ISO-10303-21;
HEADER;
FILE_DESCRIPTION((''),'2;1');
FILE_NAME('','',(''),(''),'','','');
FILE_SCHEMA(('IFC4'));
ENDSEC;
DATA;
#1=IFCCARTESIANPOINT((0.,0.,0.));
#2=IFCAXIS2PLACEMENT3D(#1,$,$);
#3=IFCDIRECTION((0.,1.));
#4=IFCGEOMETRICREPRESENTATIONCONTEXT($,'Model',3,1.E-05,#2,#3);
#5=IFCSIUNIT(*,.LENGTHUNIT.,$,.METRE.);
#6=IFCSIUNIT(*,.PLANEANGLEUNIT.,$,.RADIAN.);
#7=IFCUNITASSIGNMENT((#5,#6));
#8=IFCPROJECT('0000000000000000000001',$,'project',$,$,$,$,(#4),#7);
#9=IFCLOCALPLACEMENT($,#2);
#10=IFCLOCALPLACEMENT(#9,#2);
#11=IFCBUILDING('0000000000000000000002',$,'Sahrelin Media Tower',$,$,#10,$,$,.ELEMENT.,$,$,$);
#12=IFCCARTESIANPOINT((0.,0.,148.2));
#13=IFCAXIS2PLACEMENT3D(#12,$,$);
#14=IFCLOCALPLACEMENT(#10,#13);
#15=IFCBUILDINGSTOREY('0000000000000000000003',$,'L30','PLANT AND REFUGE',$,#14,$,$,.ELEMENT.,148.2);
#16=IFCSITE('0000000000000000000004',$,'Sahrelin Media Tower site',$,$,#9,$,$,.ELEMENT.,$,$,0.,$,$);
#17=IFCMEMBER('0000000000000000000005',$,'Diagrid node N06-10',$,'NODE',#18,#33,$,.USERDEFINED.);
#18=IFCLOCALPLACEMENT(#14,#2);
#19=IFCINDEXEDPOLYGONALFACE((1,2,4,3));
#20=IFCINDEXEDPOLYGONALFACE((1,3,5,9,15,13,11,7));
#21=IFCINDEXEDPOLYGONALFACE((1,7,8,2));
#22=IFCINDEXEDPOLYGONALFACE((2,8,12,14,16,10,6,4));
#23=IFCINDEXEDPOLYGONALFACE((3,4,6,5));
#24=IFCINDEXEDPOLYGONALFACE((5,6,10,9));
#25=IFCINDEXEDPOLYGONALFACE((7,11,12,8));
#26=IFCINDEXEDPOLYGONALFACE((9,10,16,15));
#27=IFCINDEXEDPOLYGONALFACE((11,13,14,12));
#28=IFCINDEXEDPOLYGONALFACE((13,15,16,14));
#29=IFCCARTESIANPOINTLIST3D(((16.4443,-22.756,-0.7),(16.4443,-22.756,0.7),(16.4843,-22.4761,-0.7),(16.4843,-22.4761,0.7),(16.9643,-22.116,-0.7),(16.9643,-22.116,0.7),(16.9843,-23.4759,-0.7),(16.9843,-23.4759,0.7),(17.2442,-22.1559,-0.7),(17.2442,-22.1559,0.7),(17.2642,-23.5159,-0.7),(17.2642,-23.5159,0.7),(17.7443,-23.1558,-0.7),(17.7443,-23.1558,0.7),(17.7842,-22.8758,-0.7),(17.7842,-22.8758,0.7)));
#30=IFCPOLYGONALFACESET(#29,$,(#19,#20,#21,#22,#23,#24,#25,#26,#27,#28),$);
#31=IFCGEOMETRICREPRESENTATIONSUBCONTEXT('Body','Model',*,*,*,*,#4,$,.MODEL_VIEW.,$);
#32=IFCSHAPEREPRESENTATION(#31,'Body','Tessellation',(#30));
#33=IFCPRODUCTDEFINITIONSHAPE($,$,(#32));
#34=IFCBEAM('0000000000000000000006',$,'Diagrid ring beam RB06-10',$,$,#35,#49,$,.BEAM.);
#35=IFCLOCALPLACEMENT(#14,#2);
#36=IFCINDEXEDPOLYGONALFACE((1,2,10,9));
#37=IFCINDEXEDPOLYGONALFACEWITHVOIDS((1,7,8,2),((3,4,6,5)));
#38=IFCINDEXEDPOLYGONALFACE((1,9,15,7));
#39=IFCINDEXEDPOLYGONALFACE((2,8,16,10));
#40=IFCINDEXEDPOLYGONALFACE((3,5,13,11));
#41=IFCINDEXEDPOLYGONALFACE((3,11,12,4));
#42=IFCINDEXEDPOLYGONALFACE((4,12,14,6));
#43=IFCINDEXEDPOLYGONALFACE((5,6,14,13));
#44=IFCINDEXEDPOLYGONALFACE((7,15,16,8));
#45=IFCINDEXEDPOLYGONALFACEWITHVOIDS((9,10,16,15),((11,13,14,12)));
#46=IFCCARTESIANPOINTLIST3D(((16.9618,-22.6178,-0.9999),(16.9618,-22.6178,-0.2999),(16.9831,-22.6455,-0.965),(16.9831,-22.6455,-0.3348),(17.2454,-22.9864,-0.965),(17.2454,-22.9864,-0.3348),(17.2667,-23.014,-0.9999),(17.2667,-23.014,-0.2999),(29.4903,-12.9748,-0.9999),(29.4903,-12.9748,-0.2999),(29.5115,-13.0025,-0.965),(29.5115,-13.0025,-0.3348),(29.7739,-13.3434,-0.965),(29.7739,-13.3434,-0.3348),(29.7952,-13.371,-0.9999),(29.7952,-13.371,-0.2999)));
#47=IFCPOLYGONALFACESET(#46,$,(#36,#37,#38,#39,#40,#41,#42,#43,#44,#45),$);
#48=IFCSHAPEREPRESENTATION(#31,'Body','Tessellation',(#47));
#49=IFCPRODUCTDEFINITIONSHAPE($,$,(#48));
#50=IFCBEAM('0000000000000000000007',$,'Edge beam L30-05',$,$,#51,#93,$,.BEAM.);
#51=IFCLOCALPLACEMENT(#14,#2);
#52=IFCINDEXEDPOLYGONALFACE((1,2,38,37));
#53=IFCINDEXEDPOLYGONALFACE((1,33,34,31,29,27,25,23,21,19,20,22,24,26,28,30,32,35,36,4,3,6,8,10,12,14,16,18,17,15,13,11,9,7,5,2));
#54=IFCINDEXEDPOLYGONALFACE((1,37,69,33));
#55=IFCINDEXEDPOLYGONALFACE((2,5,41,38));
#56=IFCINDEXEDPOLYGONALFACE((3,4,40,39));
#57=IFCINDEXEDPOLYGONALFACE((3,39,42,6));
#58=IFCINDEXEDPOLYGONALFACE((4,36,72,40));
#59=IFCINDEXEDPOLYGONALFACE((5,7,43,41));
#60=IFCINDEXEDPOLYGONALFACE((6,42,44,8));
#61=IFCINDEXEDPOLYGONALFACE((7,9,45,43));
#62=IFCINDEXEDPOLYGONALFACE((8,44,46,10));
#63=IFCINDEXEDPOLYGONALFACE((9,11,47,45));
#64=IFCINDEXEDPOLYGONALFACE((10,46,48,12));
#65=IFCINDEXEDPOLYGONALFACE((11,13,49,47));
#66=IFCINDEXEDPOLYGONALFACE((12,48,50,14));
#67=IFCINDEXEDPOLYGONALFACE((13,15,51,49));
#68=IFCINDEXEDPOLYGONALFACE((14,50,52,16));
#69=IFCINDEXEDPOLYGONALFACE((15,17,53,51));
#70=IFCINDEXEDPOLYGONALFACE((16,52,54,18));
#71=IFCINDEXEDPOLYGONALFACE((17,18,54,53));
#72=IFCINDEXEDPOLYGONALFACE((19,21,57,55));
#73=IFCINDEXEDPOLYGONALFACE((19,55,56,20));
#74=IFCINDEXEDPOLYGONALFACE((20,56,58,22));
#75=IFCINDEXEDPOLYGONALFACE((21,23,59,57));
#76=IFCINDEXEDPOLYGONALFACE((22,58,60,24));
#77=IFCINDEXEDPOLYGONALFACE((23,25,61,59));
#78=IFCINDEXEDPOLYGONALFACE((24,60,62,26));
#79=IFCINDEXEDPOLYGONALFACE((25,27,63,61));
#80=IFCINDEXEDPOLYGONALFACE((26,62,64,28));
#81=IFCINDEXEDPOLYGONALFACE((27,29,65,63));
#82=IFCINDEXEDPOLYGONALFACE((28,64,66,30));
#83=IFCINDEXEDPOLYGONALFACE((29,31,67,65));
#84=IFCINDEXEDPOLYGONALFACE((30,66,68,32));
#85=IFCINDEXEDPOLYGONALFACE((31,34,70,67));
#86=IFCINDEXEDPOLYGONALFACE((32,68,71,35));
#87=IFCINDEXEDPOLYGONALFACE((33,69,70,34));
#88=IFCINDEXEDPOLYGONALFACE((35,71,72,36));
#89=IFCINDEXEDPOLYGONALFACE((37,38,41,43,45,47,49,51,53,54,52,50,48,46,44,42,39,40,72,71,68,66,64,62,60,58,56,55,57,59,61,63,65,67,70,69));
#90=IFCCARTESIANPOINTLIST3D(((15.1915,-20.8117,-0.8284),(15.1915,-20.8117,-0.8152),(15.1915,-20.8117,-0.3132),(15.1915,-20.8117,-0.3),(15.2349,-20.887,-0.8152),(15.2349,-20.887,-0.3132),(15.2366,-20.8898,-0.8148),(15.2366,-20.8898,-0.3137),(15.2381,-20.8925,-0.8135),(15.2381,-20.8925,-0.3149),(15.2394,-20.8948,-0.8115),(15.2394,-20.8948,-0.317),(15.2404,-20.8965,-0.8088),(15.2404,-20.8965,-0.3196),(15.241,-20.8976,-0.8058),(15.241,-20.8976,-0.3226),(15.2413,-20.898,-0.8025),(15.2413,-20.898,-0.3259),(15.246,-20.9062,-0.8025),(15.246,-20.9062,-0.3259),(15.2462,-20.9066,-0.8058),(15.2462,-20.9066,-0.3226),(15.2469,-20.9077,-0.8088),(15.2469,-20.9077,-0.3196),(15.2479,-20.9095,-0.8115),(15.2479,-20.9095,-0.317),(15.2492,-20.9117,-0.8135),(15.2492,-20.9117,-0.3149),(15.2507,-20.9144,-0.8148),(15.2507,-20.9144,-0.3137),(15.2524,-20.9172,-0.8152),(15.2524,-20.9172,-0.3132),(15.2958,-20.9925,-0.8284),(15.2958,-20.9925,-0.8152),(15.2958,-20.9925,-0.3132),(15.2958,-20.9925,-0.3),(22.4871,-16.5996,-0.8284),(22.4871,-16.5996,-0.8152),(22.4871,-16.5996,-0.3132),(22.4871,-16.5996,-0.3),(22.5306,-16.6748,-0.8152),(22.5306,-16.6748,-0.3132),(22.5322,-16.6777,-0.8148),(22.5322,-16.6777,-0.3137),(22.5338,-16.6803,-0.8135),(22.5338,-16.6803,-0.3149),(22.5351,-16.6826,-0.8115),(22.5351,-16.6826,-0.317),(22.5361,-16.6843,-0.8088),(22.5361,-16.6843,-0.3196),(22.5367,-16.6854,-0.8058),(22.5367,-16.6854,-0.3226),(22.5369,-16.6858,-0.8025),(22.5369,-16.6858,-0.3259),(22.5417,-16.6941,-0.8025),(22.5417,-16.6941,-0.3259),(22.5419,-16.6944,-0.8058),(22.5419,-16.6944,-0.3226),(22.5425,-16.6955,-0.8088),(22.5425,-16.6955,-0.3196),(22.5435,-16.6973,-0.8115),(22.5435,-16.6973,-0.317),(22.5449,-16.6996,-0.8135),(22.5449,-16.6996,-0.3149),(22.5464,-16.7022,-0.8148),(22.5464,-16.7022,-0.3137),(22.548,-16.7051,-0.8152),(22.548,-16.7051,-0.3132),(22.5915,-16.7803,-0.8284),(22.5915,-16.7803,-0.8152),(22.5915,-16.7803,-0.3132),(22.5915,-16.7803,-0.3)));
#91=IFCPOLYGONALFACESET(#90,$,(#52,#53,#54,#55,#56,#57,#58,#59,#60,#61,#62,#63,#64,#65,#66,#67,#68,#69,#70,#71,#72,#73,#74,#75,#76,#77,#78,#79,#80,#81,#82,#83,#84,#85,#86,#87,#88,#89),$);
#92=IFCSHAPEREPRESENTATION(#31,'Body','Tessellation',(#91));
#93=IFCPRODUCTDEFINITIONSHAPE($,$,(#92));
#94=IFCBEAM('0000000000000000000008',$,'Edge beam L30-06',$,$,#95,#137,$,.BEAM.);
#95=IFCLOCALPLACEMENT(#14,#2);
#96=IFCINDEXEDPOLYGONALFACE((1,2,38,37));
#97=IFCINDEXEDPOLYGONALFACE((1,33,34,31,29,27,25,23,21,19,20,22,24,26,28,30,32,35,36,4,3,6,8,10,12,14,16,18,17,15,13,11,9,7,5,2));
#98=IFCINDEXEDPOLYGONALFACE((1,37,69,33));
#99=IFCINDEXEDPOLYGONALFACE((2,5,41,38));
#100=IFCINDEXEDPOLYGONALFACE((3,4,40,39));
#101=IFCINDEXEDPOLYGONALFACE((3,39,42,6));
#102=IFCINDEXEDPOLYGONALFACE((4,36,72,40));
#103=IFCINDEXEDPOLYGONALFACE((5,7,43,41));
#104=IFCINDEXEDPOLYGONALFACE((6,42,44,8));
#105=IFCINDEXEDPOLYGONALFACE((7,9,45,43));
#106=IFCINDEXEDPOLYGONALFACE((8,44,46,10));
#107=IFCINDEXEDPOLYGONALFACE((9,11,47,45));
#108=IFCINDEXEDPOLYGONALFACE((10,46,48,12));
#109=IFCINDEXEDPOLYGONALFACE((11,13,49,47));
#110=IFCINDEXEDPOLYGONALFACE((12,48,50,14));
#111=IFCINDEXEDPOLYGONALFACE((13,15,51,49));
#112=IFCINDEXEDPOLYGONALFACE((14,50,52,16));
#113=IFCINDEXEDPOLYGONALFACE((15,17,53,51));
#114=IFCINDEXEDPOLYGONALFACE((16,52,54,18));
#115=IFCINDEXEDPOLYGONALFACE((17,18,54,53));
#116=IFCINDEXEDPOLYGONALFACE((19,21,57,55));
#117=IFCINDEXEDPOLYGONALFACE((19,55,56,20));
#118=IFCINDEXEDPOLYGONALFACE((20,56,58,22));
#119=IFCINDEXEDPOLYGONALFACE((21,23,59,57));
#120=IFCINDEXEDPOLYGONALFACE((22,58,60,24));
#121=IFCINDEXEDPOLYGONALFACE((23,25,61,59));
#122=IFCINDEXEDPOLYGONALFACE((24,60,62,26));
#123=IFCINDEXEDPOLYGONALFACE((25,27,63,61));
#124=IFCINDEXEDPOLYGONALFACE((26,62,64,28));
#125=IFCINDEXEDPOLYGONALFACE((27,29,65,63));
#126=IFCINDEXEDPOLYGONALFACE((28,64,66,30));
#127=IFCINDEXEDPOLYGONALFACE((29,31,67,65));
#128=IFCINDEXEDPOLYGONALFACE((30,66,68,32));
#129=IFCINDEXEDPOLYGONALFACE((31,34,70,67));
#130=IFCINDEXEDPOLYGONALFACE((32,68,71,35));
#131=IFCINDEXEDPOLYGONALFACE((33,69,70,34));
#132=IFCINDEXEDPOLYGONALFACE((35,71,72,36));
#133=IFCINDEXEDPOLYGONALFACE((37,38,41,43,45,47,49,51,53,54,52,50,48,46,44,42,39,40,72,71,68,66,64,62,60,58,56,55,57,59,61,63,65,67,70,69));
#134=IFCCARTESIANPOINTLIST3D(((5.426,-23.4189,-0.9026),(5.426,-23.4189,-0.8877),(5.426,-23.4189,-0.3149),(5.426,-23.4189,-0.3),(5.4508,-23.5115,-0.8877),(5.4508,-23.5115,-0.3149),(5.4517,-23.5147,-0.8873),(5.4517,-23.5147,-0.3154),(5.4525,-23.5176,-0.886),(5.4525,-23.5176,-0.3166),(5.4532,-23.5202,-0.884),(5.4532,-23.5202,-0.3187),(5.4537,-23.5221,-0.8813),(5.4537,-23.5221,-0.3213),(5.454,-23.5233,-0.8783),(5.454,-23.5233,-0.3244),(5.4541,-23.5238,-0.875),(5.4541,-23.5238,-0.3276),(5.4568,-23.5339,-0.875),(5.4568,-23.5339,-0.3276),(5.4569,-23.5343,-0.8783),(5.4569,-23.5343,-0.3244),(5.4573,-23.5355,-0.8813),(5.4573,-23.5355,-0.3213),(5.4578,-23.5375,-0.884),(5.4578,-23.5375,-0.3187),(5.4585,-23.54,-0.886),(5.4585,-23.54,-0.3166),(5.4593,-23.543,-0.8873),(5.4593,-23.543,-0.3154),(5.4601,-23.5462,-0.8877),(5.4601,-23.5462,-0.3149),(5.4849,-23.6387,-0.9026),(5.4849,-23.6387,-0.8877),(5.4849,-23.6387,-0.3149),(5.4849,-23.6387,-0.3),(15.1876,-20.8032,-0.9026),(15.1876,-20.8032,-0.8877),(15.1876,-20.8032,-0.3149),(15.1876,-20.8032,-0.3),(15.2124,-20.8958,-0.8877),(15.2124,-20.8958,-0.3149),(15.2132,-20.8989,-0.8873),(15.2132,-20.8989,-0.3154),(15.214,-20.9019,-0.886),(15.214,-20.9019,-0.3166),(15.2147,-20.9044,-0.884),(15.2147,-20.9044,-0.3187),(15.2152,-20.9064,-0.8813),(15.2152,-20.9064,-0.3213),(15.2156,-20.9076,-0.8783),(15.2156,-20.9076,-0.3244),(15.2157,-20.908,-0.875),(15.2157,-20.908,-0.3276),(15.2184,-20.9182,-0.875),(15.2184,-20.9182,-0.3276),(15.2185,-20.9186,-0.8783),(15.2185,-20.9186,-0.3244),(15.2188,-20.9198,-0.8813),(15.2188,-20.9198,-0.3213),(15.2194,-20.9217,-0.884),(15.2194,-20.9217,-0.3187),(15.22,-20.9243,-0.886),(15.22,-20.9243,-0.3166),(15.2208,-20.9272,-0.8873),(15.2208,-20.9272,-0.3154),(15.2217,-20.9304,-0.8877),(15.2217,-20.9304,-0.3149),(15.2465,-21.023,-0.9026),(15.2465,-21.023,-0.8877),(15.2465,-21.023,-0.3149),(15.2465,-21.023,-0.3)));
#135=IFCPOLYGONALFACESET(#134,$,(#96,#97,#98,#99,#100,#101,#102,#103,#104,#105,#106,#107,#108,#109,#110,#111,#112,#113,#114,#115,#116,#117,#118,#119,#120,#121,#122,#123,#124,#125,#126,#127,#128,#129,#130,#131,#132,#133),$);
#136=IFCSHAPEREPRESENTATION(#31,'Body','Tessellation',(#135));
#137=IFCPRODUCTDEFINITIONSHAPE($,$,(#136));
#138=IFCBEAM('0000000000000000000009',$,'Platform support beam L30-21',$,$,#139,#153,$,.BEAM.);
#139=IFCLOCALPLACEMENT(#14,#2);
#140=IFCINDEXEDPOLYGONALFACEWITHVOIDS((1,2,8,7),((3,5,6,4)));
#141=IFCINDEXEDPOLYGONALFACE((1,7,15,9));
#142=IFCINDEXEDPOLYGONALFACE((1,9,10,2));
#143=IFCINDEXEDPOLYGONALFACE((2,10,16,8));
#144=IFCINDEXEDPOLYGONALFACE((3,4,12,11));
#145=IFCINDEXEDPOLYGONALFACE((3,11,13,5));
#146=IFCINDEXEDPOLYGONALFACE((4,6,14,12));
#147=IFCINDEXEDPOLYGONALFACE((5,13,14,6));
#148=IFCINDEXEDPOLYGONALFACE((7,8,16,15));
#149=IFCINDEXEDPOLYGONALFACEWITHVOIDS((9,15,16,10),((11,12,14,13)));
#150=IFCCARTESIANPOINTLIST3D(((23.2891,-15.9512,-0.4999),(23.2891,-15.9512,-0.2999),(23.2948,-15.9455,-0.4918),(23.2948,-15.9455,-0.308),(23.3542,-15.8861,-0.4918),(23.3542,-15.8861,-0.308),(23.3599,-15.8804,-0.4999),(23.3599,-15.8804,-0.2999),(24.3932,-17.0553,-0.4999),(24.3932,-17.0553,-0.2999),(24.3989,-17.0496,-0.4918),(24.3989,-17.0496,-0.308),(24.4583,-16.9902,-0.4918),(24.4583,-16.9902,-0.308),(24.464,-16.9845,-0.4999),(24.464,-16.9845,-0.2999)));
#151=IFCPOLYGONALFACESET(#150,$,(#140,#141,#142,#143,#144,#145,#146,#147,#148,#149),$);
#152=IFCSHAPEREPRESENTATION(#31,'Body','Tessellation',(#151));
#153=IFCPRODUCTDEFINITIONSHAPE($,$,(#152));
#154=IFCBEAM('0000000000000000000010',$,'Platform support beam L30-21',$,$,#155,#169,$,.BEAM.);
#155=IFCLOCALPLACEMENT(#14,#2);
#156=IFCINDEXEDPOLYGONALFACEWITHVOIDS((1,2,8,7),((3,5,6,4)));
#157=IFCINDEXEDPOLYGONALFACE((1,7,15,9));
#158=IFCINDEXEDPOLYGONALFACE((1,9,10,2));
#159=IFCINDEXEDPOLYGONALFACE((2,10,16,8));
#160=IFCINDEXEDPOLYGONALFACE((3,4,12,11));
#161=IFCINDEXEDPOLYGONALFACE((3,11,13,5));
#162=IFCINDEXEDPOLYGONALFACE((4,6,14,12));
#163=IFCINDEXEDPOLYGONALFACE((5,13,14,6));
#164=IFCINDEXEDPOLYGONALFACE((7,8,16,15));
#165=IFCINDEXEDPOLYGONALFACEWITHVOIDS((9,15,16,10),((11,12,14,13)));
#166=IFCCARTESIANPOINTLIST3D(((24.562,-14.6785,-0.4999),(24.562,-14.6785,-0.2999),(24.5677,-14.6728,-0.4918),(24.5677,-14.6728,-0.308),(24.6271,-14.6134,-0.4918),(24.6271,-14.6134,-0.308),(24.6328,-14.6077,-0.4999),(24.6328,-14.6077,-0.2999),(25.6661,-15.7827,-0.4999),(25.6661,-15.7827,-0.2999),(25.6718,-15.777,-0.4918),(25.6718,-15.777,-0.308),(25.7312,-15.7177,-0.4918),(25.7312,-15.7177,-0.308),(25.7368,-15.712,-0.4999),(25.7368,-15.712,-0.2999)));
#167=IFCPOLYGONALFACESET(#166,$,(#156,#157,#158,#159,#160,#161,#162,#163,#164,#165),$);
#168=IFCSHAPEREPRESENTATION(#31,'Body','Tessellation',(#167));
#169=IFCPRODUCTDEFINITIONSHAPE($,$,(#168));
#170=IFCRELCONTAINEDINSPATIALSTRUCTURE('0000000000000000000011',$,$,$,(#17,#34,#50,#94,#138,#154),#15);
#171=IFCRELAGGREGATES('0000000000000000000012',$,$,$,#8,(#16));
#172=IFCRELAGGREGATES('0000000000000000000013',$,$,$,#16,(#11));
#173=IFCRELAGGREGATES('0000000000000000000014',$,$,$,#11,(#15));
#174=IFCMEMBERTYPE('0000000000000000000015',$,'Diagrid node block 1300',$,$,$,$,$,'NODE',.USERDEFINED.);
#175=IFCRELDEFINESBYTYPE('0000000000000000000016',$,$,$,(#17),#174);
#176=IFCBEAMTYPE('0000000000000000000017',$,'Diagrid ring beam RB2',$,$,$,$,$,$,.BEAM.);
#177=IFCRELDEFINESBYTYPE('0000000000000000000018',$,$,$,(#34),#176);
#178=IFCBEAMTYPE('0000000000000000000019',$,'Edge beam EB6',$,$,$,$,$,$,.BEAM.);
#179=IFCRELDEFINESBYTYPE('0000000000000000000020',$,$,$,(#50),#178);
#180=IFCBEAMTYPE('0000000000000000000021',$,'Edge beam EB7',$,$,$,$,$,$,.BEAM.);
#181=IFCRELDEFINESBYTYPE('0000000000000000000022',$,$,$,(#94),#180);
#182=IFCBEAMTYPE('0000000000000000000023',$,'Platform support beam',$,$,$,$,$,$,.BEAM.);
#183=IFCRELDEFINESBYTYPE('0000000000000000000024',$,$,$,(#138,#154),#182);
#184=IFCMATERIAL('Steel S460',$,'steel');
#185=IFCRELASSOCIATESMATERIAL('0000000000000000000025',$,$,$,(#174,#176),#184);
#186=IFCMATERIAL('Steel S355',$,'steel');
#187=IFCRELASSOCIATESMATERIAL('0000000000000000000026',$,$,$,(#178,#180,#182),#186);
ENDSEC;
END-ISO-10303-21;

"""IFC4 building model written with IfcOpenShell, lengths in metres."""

from ifc_helpers import new_model, si_unit, direction, frame, origin, origin_2d, place, context, subcontext, project, spatial, polyline, hollow_rectangle, i_section, outline, extrude, material, material_profile, profile_set, type_object, element, save


model = new_model("IFC4")

# Units and contexts
model_context = context("Model", 3, precision=1e-05, world=origin(), true_north=direction((0.0, 1.0)))
body_context = subcontext(model_context, "Body", "Model", "MODEL_VIEW")
ifc_project = project(units=[si_unit("LENGTHUNIT", "METRE"), si_unit("PLANEANGLEUNIT", "RADIAN")], contexts=[model_context])

# Site, building, storey
site_placement = place(None, origin())
site = spatial("IfcSite", under=ifc_project, at=site_placement, Name="Sahrelin Media Tower site", CompositionType="ELEMENT", RefElevation=0.0)
building_placement = place(site_placement, origin())
building = spatial("IfcBuilding", under=site, at=building_placement, Name="Sahrelin Media Tower", CompositionType="ELEMENT")
storey_placement = place(building_placement, frame((0.0, 0.0, 148.2)))
storey = spatial("IfcBuildingStorey", under=building, at=storey_placement, Name="L30", Description="PLANT AND REFUGE", CompositionType="ELEMENT", Elevation=148.2)

# Member
ifc_material_1 = material(Name="Steel S460", Category="steel")
ifc_material_profile_1 = material_profile(ifc_material_1, outline(polyline([(0.45, -0.5), (0.6499, -0.3), (0.6499, 0.3), (0.45, 0.5), (-0.45, 0.5), (-0.6499, 0.3), (-0.6499, -0.3), (-0.45, -0.5), (0.45, -0.5)])), Name="Diagrid node block 1300")
ifc_profile_set_1 = profile_set([ifc_material_profile_1], Name="Steel S460")
member_type_1 = type_object("IfcMemberType", Name="Diagrid node block 1300", ElementType="NODE", PredefinedType="USERDEFINED", material=ifc_profile_set_1)
member_1_placement = place(storey_placement, frame((17.1143, -22.8159, -0.7), z_axis=(0.0, 0.0, 1.0), x_axis=(0.600052, -0.799961, 0.0)))
element("IfcMember", 1, at=member_1_placement, inside=storey, type_object=member_type_1, Name="Diagrid node N06-10", ObjectType="NODE", PredefinedType="USERDEFINED", context=body_context, shape_type="SweptSolid", body=[
    extrude(outline(polyline([(0.45, -0.5), (0.6499, -0.3), (0.6499, 0.3), (0.45, 0.5), (-0.45, 0.5), (-0.6499, 0.3), (-0.6499, -0.3), (-0.45, -0.5), (0.45, -0.5)])), origin(), (0.0, 0.0, 1.0), 1.3999),
])

# Beams
ifc_material_profile_2 = material_profile(ifc_material_1, hollow_rectangle(XDim=0.5, YDim=0.7, WallThickness=0.0349, at=origin_2d()), Name="Diagrid ring beam RB2")
ifc_profile_set_2 = profile_set([ifc_material_profile_2], Name="Steel S460")
beam_type_1 = type_object("IfcBeamType", Name="Diagrid ring beam RB2", PredefinedType="BEAM", material=ifc_profile_set_2)
beam_1_placement = place(storey_placement, frame((17.1143, -22.8159, -0.6499), z_axis=(0.792449, 0.609938, 0.0), x_axis=(-0.609938, 0.792449, 0.0)))
element("IfcBeam", 2, at=beam_1_placement, inside=storey, type_object=beam_type_1, Name="Diagrid ring beam RB06-10", PredefinedType="BEAM", context=body_context, shape_type="SweptSolid", body=[
    extrude(hollow_rectangle(XDim=0.5, YDim=0.7, WallThickness=0.0349, at=origin_2d()), origin(), (0.0, 0.0, 1.0), 15.8098),
])
ifc_material_2 = material(Name="Steel S355", Category="steel")
ifc_material_profile_3 = material_profile(ifc_material_2, i_section(OverallWidth=0.2087, OverallDepth=0.5283, WebThickness=0.0095, FlangeThickness=0.0132, FilletRadius=0.0127, at=origin_2d()), Name="UB 533x210x82")
ifc_profile_set_3 = profile_set([ifc_material_profile_3], Name="Steel S355")
beam_type_2 = type_object("IfcBeamType", Name="Edge beam EB6", PredefinedType="BEAM", material=ifc_profile_set_3)
beam_2_placement = place(storey_placement, frame((22.5393, -16.6899, -0.5642), z_axis=(-0.866025, -0.500001, 0.0), x_axis=(0.500001, -0.866025, 0.0)))
element("IfcBeam", 3, at=beam_2_placement, inside=storey, type_object=beam_type_2, Name="Edge beam L30-05", PredefinedType="BEAM", context=body_context, shape_type="SweptSolid", body=[
    extrude(i_section(OverallWidth=0.2087, OverallDepth=0.5283, WebThickness=0.0095, FlangeThickness=0.0132, FilletRadius=0.0127, at=origin_2d()), origin(), (0.0, 0.0, 1.0), 8.4243),
])
ifc_material_profile_4 = material_profile(ifc_material_2, i_section(OverallWidth=0.2275, OverallDepth=0.6025, WebThickness=0.0105, FlangeThickness=0.0149, FilletRadius=0.0127, at=origin_2d()), Name="UB 610x229x101")
ifc_profile_set_4 = profile_set([ifc_material_profile_4], Name="Steel S355")
beam_type_3 = type_object("IfcBeamType", Name="Edge beam EB7", PredefinedType="BEAM", material=ifc_profile_set_4)
beam_3_placement = place(storey_placement, frame((15.217, -20.9131, -0.6013), z_axis=(-0.965922, -0.258832, 0.0), x_axis=(0.258832, -0.965922, 0.0)))
element("IfcBeam", 4, at=beam_3_placement, inside=storey, type_object=beam_type_3, Name="Edge beam L30-06", PredefinedType="BEAM", context=body_context, shape_type="SweptSolid", body=[
    extrude(i_section(OverallWidth=0.2275, OverallDepth=0.6025, WebThickness=0.0105, FlangeThickness=0.0149, FilletRadius=0.0127, at=origin_2d()), origin(), (0.0, 0.0, 1.0), 10.106),
])
ifc_material_profile_5 = material_profile(ifc_material_2, hollow_rectangle(XDim=0.1001, YDim=0.2, WallThickness=0.0081, at=origin_2d()), Name="RHS 200x100x8")
ifc_profile_set_5 = profile_set([ifc_material_profile_5], Name="Steel S355")
beam_type_4 = type_object("IfcBeamType", Name="Platform support beam", PredefinedType="BEAM", material=ifc_profile_set_5)
for number, where, z_axis, x_axis, name in (
    (5, (23.3245, -15.9158, -0.3999), (0.707107, -0.707107, 0.0), (0.707107, 0.707107, 0.0), "Platform support beam L30-21"),
    (6, (24.5974, -14.6431, -0.3999), (0.707029, -0.707185, 0.0), (0.707185, 0.707029, 0.0), "Platform support beam L30-21"),
):
    element("IfcBeam", number, at=place(storey_placement, frame(where, z_axis=z_axis, x_axis=x_axis)), inside=storey, type_object=beam_type_4, Name=name, PredefinedType="BEAM", context=body_context, shape_type="SweptSolid", body=[
        extrude(hollow_rectangle(XDim=0.1001, YDim=0.2, WallThickness=0.0081, at=origin_2d()), origin(), (0.0, 0.0, 1.0), 1.5615),
    ])

save(model, "model.ifc")
